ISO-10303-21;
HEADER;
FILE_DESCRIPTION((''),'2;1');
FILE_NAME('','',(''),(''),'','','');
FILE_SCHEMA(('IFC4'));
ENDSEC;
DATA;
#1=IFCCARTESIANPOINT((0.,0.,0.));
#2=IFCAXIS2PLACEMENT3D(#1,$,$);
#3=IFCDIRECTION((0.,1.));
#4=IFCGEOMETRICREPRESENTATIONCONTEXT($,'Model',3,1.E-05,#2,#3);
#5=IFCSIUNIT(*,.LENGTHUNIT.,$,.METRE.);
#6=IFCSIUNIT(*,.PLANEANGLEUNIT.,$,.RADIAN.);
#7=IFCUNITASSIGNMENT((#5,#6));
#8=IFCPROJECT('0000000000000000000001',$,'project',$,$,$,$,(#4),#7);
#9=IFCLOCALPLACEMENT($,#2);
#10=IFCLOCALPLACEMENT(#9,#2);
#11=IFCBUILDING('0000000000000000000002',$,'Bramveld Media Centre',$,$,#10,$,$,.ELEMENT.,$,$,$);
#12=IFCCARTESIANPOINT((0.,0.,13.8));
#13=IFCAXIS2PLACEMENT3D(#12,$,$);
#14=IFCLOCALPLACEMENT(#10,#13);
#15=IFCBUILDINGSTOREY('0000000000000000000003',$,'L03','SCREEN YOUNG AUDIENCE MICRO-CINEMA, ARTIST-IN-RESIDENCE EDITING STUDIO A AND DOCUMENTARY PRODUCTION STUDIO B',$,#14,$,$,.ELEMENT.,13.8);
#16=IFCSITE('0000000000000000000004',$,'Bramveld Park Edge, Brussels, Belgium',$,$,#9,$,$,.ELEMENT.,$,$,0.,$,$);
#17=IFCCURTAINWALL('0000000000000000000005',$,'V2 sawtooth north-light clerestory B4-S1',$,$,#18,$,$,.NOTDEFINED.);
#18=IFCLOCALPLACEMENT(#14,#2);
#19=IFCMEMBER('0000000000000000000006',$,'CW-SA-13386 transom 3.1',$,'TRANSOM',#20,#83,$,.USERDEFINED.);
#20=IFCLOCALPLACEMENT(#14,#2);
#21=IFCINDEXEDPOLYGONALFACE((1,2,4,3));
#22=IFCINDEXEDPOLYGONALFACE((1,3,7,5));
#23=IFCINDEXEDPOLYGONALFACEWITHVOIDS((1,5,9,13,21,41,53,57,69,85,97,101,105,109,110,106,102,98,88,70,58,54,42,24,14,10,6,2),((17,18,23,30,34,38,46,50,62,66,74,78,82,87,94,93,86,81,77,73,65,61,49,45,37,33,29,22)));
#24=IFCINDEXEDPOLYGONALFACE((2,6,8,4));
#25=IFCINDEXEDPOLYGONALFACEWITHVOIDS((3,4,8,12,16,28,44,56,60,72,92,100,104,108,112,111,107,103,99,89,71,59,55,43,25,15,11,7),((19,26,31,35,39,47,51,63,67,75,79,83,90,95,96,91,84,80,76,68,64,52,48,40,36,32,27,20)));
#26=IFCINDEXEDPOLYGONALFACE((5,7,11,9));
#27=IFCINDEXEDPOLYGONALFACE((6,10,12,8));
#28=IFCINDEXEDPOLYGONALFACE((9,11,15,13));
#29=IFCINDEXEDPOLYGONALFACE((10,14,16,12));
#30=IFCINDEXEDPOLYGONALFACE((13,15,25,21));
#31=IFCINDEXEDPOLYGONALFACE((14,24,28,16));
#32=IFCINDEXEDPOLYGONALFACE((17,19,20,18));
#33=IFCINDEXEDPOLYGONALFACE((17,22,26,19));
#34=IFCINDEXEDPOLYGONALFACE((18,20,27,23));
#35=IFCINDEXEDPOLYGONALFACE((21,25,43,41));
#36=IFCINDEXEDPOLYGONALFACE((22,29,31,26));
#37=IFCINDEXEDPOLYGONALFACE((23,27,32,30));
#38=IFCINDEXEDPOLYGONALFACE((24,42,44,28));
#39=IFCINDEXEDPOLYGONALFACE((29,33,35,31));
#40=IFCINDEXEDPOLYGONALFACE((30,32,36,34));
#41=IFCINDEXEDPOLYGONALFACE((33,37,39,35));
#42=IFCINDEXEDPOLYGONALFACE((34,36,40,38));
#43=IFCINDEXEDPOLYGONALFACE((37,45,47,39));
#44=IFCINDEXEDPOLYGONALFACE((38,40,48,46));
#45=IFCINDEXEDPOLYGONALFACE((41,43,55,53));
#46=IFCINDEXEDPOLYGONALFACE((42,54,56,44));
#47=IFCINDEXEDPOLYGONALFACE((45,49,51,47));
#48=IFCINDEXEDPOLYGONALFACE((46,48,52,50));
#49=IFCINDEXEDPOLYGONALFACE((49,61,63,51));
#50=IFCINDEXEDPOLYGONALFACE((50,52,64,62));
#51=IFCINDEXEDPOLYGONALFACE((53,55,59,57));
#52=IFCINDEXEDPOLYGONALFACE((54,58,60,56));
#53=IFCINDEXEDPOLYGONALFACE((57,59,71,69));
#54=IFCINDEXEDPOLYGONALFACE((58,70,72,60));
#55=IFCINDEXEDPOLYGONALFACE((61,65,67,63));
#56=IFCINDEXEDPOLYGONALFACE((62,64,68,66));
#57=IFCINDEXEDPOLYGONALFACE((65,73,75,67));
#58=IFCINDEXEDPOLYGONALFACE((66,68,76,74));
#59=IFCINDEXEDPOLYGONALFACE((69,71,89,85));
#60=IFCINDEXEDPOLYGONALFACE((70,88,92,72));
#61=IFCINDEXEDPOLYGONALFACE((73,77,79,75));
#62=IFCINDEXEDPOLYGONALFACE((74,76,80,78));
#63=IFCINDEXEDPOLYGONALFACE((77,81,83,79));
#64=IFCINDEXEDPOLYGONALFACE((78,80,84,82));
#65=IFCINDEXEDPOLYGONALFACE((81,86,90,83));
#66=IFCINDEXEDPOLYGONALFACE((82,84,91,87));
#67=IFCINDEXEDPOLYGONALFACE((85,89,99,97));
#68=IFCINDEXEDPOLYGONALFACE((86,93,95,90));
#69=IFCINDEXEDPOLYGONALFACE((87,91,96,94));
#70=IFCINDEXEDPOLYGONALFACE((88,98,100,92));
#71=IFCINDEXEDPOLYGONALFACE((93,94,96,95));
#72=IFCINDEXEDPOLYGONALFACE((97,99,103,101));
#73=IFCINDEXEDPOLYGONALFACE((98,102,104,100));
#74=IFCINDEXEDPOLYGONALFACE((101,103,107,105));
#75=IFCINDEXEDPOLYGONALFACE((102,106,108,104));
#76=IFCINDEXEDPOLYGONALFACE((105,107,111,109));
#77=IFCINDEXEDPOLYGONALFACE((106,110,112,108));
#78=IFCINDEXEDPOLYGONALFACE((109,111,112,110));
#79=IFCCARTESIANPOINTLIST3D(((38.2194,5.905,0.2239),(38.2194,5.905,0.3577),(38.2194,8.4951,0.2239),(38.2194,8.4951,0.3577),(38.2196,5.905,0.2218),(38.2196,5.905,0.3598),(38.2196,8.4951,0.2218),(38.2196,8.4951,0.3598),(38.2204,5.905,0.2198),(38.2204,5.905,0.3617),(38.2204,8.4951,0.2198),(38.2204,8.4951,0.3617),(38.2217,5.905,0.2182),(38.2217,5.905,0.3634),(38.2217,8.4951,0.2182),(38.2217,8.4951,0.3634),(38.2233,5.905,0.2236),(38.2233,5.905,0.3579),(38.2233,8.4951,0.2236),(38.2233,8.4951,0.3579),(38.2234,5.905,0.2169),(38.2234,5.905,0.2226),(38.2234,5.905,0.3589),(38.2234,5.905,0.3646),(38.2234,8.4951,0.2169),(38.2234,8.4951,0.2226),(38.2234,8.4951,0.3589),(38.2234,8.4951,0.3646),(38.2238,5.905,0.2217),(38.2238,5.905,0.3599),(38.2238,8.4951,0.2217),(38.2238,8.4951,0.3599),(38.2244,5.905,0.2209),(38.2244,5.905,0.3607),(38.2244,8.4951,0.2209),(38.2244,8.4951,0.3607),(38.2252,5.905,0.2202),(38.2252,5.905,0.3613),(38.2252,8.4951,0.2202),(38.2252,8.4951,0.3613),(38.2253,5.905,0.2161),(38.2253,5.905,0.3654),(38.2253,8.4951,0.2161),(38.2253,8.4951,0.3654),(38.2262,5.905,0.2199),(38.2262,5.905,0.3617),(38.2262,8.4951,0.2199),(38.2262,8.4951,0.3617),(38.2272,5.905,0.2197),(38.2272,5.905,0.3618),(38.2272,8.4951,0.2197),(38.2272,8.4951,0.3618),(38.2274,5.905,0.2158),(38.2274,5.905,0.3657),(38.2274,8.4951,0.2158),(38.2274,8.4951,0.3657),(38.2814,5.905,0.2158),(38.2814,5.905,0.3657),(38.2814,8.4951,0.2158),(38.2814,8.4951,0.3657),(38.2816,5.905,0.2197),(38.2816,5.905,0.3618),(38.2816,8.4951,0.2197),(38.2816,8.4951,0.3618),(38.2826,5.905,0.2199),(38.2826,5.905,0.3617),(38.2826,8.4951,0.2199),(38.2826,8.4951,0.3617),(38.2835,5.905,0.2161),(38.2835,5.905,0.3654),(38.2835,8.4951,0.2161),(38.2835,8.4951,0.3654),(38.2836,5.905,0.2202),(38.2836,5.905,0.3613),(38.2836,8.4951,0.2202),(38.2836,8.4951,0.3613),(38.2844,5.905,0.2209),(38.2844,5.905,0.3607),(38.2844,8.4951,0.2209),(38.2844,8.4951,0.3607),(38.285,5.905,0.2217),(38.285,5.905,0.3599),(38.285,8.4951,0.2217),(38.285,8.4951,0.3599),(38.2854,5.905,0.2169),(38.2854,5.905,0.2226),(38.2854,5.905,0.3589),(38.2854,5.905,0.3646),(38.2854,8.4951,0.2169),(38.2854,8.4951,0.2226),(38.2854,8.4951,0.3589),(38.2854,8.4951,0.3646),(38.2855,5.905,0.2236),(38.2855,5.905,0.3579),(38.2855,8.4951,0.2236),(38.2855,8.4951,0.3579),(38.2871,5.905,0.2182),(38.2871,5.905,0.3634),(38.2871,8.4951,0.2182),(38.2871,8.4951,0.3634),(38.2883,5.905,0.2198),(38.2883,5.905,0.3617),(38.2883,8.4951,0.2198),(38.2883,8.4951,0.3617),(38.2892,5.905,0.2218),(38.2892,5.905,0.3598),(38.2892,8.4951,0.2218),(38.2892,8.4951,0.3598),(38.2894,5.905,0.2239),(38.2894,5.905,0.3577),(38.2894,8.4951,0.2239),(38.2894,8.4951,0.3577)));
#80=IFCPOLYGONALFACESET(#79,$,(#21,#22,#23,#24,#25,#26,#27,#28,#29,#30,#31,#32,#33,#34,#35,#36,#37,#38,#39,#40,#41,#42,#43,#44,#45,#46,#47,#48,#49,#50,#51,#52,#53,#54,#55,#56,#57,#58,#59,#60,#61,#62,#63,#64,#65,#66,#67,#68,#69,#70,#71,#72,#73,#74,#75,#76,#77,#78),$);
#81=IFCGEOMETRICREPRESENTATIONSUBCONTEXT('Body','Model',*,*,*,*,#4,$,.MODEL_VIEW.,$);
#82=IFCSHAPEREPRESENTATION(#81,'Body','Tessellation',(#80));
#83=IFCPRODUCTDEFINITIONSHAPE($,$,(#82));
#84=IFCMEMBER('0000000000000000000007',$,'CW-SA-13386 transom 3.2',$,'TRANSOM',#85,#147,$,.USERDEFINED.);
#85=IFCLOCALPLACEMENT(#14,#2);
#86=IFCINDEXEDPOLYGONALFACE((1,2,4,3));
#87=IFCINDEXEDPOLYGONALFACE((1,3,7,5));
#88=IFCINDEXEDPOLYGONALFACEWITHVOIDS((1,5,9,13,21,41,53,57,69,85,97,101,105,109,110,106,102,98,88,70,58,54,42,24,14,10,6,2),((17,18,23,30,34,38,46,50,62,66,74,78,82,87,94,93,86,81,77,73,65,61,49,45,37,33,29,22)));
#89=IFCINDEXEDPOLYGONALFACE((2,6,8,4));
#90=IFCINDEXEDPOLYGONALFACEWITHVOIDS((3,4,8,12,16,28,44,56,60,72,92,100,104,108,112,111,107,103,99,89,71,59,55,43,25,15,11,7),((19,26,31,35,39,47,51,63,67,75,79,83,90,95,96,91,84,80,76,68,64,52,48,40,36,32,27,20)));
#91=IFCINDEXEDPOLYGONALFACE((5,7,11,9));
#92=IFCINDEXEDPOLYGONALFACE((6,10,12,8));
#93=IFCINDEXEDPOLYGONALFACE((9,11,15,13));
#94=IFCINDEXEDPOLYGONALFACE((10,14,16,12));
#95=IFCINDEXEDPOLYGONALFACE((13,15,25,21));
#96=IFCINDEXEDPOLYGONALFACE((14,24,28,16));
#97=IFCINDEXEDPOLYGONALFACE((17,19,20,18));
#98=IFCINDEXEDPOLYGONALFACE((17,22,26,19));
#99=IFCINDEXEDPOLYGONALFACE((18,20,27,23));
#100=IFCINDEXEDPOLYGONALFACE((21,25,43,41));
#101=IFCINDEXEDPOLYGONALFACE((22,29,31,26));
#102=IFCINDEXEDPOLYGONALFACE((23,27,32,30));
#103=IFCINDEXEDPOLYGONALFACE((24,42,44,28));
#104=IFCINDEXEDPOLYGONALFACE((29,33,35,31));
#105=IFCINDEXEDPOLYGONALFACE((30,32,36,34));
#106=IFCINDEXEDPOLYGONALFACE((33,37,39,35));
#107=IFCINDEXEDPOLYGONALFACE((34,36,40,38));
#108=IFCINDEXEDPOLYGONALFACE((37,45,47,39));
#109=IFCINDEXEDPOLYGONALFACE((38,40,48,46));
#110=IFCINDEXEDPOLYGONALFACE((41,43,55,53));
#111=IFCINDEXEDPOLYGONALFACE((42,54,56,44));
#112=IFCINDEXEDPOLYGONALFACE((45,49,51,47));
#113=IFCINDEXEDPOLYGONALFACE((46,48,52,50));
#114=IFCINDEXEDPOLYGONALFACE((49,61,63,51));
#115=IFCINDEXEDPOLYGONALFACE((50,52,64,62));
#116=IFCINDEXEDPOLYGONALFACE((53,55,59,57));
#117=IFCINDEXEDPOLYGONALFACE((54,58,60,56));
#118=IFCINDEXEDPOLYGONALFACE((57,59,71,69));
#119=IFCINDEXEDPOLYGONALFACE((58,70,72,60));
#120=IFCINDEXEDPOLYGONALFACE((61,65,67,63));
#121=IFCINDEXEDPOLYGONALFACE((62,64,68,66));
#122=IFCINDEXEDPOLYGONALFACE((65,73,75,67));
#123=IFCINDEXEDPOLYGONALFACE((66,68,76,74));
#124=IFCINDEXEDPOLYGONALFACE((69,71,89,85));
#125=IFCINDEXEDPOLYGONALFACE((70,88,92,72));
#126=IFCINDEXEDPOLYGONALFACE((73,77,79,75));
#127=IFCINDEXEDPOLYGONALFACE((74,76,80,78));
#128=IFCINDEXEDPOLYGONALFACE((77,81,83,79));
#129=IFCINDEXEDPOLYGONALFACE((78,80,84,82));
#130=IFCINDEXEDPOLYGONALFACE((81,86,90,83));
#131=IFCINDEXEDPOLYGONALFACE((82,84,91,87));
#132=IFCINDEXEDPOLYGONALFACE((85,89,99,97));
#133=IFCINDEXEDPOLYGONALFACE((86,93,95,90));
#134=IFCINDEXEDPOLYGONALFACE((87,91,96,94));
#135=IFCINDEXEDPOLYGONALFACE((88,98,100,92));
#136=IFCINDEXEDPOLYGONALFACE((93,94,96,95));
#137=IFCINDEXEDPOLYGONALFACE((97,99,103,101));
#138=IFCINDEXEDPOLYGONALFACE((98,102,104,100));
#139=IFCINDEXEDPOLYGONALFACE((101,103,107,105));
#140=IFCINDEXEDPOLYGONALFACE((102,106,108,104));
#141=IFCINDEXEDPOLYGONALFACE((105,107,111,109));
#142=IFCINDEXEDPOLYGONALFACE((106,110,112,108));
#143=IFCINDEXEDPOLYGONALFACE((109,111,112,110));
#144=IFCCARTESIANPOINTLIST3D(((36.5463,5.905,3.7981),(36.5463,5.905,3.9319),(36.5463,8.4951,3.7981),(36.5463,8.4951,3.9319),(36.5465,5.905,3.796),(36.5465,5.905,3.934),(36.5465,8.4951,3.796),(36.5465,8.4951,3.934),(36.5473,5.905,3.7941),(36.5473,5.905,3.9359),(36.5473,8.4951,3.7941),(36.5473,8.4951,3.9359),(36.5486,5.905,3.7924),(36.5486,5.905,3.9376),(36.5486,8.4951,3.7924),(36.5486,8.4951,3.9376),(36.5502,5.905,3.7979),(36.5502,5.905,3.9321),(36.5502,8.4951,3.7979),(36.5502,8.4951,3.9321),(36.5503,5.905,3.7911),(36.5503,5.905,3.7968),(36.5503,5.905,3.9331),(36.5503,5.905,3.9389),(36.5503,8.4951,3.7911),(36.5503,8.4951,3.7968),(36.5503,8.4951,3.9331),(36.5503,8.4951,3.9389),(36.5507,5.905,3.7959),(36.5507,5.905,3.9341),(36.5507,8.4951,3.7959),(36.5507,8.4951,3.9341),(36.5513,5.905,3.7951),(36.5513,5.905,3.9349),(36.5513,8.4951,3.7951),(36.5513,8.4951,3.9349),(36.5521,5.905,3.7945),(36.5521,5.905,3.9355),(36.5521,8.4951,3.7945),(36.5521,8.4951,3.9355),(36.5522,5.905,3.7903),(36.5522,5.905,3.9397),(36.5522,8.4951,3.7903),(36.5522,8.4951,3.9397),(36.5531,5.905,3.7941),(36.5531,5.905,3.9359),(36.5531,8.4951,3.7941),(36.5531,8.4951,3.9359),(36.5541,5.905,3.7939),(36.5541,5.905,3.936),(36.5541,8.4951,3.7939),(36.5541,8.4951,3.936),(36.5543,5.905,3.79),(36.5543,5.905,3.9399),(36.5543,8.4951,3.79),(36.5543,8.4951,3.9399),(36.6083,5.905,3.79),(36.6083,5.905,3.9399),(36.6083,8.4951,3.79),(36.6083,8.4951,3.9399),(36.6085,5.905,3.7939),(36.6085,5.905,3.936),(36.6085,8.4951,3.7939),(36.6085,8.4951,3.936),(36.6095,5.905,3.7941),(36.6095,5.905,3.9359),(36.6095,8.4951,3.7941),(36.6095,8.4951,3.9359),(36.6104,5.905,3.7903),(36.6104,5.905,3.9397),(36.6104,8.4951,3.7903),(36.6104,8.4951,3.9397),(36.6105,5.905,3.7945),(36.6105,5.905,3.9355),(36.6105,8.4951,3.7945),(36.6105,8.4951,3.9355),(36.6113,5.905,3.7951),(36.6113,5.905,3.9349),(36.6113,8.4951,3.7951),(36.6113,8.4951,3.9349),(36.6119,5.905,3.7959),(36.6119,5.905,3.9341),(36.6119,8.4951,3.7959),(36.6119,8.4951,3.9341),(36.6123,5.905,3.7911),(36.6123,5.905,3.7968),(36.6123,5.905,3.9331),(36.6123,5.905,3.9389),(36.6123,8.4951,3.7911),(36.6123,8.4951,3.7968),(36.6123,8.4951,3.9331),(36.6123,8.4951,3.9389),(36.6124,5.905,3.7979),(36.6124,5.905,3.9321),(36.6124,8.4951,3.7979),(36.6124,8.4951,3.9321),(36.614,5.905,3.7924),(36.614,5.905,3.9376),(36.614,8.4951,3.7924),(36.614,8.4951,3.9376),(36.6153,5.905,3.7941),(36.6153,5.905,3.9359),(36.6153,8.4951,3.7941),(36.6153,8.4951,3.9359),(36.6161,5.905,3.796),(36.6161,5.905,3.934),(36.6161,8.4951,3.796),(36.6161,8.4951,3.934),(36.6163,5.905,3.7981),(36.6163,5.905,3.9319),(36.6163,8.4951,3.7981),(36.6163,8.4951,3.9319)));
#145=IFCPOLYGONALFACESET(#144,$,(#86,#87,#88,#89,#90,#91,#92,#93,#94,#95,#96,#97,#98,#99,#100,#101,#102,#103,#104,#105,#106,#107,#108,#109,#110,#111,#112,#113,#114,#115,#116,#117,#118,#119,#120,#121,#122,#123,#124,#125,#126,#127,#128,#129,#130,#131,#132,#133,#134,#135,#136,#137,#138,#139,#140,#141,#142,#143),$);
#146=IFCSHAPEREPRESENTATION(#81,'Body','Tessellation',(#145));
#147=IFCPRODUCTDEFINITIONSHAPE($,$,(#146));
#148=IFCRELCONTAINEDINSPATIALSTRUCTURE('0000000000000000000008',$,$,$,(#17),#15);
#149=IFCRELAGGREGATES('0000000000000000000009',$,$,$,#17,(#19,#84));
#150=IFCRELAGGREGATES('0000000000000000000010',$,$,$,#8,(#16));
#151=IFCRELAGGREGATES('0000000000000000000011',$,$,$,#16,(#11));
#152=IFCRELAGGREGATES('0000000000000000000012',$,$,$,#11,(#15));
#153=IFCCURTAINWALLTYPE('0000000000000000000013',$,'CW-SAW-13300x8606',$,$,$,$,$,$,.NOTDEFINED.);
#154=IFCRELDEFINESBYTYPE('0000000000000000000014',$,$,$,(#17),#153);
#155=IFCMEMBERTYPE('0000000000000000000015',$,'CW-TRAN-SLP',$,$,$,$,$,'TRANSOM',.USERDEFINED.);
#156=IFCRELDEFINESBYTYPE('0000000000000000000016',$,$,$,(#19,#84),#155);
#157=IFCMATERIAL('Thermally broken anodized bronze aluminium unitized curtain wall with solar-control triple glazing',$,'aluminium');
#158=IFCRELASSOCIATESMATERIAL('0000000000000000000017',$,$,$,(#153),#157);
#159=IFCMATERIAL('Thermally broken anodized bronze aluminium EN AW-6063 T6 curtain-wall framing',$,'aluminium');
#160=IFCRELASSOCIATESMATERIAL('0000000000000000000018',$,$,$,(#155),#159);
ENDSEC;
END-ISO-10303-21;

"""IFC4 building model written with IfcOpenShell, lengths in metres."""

from ifc_helpers import new_model, si_unit, direction, frame, origin, origin_2d, place, context, subcontext, project, spatial, hollow_rectangle, extrude, material, material_profile, profile_set, type_object, element, aggregate, save


model = new_model("IFC4")

# Units and contexts
model_context = context("Model", 3, precision=1e-05, world=origin(), true_north=direction((0.0, 1.0)))
body_context = subcontext(model_context, "Body", "Model", "MODEL_VIEW")
ifc_project = project(units=[si_unit("LENGTHUNIT", "METRE"), si_unit("PLANEANGLEUNIT", "RADIAN")], contexts=[model_context])

# Site, building, storey
site_placement = place(None, origin())
site = spatial("IfcSite", under=ifc_project, at=site_placement, Name="Bramveld Park Edge, Brussels, Belgium", CompositionType="ELEMENT", RefElevation=0.0)
building_placement = place(site_placement, origin())
building = spatial("IfcBuilding", under=site, at=building_placement, Name="Bramveld Media Centre", CompositionType="ELEMENT")
storey_placement = place(building_placement, frame((0.0, 0.0, 13.8)))
storey = spatial("IfcBuildingStorey", under=building, at=storey_placement, Name="L03", Description="SCREEN YOUNG AUDIENCE MICRO-CINEMA, ARTIST-IN-RESIDENCE EDITING STUDIO A AND DOCUMENTARY PRODUCTION STUDIO B", CompositionType="ELEMENT", Elevation=13.8)

# Curtain wall, members
ifc_material_1 = material(Name="Thermally broken anodized bronze aluminium unitized curtain wall with solar-control triple glazing", Category="aluminium")
curtain_wall_type = type_object("IfcCurtainWallType", Name="CW-SAW-13300x8606", PredefinedType="NOTDEFINED", material=ifc_material_1)
curtain_wall_placement = place(storey_placement, origin())
curtain_wall = element("IfcCurtainWall", 1, at=curtain_wall_placement, inside=storey, type_object=curtain_wall_type, Name="V2 sawtooth north-light clerestory B4-S1", PredefinedType="NOTDEFINED")
ifc_material_2 = material(Name="Thermally broken anodized bronze aluminium EN AW-6063 T6 curtain-wall framing", Category="aluminium")
ifc_material_profile_1 = material_profile(ifc_material_2, hollow_rectangle(XDim=0.0701, YDim=0.1499, WallThickness=0.0039, InnerFilletRadius=0.0039, OuterFilletRadius=0.0081, at=origin_2d()), Name="AL-TRAN 70x150")
ifc_profile_set_1 = profile_set([ifc_material_profile_1], Name="Thermally broken anodized bronze aluminium EN AW-6063 T6 curtain-wall framing")
member_type_1 = type_object("IfcMemberType", Name="CW-TRAN-SLP", ElementType="TRANSOM", PredefinedType="USERDEFINED", material=ifc_profile_set_1)
member_1_placement = place(storey_placement, frame((38.2544, 5.905, 0.2908), z_axis=(0.0, 1.0, 0.0), x_axis=(-1.0, 0.0, 0.0)))
member_1 = element("IfcMember", 2, at=member_1_placement, type_object=member_type_1, Name="CW-SA-13386 transom 3.1", ObjectType="TRANSOM", PredefinedType="USERDEFINED", context=body_context, shape_type="SweptSolid", body=[
    extrude(hollow_rectangle(XDim=0.0701, YDim=0.1499, WallThickness=0.0039, InnerFilletRadius=0.0039, OuterFilletRadius=0.0081, at=origin_2d()), origin(), (0.0, 0.0, 1.0), 2.5901),
])
member_2_placement = place(storey_placement, frame((36.5813, 5.905, 3.865), z_axis=(0.0, 1.0, 0.0), x_axis=(-1.0, 0.0, 0.0)))
member_2 = element("IfcMember", 3, at=member_2_placement, type_object=member_type_1, Name="CW-SA-13386 transom 3.2", ObjectType="TRANSOM", PredefinedType="USERDEFINED", context=body_context, shape_type="SweptSolid", body=[
    extrude(hollow_rectangle(XDim=0.0701, YDim=0.1499, WallThickness=0.0039, InnerFilletRadius=0.0039, OuterFilletRadius=0.0081, at=origin_2d()), origin(), (0.0, 0.0, 1.0), 2.5901),
])

aggregate(curtain_wall, [member_1, member_2])

save(model, "model.ifc")
